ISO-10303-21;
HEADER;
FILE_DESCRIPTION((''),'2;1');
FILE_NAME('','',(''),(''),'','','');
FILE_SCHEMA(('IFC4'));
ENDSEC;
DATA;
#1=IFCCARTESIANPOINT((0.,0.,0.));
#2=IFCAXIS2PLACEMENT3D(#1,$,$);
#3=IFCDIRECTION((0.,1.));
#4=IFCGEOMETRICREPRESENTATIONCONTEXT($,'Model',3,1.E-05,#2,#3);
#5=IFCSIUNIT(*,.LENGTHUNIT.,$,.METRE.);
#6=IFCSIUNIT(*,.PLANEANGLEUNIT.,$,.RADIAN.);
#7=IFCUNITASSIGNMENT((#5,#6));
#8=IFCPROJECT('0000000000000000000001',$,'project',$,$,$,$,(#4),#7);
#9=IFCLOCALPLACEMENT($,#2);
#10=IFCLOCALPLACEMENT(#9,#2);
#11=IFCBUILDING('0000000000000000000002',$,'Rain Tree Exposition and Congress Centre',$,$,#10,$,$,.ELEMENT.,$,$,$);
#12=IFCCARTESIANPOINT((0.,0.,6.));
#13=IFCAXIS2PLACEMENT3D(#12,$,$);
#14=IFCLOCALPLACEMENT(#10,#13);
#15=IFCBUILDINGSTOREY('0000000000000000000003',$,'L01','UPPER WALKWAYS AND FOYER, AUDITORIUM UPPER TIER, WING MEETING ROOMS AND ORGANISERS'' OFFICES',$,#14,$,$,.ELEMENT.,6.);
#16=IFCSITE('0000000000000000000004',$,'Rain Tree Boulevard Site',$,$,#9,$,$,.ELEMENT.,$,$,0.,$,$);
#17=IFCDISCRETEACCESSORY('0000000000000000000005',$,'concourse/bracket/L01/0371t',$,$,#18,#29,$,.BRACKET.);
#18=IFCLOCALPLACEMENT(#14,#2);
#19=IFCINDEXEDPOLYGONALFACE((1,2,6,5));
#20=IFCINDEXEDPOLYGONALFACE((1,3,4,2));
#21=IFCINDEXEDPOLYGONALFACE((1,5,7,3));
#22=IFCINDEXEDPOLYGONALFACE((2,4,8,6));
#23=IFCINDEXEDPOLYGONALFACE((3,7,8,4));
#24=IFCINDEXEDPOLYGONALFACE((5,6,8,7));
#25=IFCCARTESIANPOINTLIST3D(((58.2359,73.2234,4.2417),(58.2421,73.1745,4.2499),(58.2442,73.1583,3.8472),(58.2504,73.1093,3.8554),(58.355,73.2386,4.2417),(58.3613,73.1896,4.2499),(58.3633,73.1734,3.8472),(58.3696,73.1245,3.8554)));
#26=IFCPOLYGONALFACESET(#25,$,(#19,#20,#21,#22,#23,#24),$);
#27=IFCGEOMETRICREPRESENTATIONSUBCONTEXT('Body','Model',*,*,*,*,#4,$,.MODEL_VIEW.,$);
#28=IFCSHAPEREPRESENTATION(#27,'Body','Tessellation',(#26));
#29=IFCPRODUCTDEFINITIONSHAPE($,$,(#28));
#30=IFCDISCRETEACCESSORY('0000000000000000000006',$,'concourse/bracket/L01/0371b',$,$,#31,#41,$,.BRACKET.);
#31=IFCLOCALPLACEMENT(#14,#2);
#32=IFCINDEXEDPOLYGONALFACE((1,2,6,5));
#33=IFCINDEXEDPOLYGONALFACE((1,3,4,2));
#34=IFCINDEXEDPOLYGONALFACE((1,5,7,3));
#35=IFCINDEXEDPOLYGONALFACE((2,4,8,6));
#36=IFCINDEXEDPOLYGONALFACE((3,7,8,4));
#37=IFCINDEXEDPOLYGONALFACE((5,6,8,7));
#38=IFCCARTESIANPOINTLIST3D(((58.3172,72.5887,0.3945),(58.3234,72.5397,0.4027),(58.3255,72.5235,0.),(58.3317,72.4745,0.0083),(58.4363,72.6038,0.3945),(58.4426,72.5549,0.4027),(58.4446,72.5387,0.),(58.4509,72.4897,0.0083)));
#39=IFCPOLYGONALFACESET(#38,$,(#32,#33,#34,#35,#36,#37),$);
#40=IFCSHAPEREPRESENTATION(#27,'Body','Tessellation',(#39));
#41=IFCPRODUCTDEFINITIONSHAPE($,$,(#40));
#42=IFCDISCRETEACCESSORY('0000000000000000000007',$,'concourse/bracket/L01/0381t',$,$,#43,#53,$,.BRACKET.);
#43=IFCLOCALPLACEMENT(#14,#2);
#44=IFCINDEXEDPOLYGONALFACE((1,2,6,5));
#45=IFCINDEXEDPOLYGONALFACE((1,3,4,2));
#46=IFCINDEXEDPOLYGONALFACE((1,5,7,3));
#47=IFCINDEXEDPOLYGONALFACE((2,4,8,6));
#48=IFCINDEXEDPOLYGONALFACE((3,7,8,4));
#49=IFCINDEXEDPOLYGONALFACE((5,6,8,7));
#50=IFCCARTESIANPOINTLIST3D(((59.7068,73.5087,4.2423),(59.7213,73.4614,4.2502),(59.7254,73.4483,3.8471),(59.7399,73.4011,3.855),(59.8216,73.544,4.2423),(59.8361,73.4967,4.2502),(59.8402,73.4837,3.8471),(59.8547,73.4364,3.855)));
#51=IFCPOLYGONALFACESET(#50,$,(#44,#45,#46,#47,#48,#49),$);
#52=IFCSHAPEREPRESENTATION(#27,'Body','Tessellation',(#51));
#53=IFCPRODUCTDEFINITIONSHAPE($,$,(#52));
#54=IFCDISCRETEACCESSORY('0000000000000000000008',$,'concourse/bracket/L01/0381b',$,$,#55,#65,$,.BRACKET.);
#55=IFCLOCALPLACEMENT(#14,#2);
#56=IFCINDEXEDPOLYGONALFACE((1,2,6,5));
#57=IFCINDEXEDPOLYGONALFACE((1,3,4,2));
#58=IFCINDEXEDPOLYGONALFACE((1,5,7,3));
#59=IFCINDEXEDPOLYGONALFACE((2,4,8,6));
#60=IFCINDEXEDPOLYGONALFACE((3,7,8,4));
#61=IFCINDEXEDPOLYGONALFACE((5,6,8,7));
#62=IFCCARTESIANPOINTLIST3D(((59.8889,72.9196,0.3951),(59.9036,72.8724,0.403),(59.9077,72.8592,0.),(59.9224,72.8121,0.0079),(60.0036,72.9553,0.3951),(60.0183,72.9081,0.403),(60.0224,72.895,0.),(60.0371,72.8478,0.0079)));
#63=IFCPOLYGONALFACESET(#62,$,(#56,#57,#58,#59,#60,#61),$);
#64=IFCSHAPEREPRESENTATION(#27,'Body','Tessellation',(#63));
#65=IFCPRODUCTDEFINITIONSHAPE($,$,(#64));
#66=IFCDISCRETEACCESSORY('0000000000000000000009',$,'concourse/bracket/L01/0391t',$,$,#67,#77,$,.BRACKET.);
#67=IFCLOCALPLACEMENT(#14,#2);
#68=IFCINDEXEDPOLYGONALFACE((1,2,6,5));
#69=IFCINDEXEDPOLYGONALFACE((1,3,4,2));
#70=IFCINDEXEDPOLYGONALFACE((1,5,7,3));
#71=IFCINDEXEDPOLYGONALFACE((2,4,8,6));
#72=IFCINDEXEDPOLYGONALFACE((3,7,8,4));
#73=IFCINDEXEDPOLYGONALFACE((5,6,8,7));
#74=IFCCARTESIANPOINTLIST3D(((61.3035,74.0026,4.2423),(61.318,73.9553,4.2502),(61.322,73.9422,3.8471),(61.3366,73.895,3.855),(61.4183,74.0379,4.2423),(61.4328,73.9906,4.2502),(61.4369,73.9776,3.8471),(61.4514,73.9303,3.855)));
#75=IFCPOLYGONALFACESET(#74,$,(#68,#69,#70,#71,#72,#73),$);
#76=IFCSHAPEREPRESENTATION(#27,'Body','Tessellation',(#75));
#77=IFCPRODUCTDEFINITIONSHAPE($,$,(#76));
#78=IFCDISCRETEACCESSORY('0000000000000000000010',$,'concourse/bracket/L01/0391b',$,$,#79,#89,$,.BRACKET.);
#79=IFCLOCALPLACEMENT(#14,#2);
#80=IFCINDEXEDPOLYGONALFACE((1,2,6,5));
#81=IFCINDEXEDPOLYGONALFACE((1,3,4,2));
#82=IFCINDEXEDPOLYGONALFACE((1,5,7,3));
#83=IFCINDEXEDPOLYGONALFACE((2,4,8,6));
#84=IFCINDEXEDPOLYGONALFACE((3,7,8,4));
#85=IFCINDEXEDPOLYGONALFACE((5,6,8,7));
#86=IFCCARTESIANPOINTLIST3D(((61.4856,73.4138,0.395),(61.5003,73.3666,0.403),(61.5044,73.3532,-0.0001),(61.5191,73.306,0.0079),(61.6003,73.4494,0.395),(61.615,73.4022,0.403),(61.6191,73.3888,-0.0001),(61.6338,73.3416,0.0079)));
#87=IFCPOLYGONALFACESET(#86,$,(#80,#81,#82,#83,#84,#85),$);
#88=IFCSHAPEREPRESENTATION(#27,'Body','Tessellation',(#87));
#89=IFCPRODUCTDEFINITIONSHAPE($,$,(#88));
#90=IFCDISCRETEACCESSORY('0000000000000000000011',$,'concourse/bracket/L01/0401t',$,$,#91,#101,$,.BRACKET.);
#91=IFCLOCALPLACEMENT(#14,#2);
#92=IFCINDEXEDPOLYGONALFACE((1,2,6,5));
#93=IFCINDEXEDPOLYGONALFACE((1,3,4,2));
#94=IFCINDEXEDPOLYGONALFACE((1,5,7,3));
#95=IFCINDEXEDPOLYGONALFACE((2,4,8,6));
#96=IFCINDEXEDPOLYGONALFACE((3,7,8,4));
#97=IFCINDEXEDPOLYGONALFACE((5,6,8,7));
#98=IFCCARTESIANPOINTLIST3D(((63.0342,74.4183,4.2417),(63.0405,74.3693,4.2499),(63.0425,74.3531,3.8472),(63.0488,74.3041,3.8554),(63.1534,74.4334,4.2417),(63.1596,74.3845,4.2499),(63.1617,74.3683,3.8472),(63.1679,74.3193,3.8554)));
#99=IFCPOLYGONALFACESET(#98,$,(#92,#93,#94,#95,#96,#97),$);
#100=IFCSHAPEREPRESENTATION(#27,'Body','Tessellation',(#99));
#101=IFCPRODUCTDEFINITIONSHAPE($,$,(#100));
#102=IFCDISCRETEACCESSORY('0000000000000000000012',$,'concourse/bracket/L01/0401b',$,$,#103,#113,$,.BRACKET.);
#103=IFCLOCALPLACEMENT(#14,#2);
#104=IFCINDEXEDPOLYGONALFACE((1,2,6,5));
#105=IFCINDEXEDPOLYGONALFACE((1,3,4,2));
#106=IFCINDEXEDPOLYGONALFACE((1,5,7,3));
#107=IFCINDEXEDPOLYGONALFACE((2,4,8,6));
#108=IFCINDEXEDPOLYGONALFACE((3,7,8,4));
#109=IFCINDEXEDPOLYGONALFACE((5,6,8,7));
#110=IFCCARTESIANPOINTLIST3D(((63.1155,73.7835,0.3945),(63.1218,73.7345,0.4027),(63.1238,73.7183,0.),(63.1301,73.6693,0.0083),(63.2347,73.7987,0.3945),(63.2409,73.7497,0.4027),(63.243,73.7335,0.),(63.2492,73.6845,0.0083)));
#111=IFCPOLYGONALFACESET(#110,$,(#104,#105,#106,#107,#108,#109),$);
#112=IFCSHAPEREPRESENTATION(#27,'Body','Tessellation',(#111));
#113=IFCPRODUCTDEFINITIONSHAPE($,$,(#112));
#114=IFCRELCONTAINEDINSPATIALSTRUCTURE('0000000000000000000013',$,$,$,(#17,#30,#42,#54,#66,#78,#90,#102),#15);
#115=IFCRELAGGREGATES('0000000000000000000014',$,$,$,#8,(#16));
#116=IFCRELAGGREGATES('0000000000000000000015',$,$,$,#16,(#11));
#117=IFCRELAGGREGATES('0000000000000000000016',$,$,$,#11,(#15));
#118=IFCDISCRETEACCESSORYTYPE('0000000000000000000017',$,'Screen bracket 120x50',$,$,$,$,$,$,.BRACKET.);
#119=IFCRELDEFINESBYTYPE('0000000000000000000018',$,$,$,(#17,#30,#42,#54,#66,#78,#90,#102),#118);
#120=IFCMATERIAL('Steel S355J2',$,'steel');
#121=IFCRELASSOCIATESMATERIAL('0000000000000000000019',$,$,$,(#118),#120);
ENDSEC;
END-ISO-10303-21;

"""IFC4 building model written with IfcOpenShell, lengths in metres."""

from ifc_helpers import new_model, si_unit, direction, frame, origin, origin_2d, place, context, subcontext, project, spatial, rectangle, extrude, material, material_profile, profile_set, type_object, element, save


model = new_model("IFC4")

# Units and contexts
model_context = context("Model", 3, precision=1e-05, world=origin(), true_north=direction((0.0, 1.0)))
body_context = subcontext(model_context, "Body", "Model", "MODEL_VIEW")
ifc_project = project(units=[si_unit("LENGTHUNIT", "METRE"), si_unit("PLANEANGLEUNIT", "RADIAN")], contexts=[model_context])

# Site, building, storey
site_placement = place(None, origin())
site = spatial("IfcSite", under=ifc_project, at=site_placement, Name="Rain Tree Boulevard Site", CompositionType="ELEMENT", RefElevation=0.0)
building_placement = place(site_placement, origin())
building = spatial("IfcBuilding", under=site, at=building_placement, Name="Rain Tree Exposition and Congress Centre", CompositionType="ELEMENT")
storey_placement = place(building_placement, frame((0.0, 0.0, 6.0)))
storey = spatial("IfcBuildingStorey", under=building, at=storey_placement, Name="L01", Description="UPPER WALKWAYS AND FOYER, AUDITORIUM UPPER TIER, WING MEETING ROOMS AND ORGANISERS' OFFICES", CompositionType="ELEMENT", Elevation=6.0)

# Discrete accessories
ifc_material_1 = material(Name="Steel S355J2", Category="steel")
ifc_material_profile = material_profile(ifc_material_1, rectangle(XDim=0.1201, YDim=0.05, at=origin_2d()), Name="Flat bar 120x50")
ifc_profile_set = profile_set([ifc_material_profile], Name="Steel S355J2")
discrete_accessory_type = type_object("IfcDiscreteAccessoryType", Name="Screen bracket 120x50", PredefinedType="BRACKET", material=ifc_profile_set)
for number, where, z_axis, x_axis, name in (
    (1, (58.3069, 73.1414, 3.8513), (-0.020754, 0.162978, 0.986411), (-0.991989, -0.126321, 0.0), "concourse/bracket/L01/0371t"),
    (2, (58.3882, 72.5066, 0.0042), (-0.020754, 0.162978, 0.986411), (-0.991989, -0.126321, 0.0), "concourse/bracket/L01/0371b"),
):
    element("IfcDiscreteAccessory", number, at=place(storey_placement, frame(where, z_axis=z_axis, x_axis=x_axis)), inside=storey, type_object=discrete_accessory_type, Name=name, PredefinedType="BRACKET", context=body_context, shape_type="SweptSolid", body=[
        extrude(rectangle(XDim=0.1201, YDim=0.05, at=origin_2d()), origin(), (0.0, 0.0, 1.0), 0.3999),
    ])
for number, where, z_axis, x_axis, name in (
    (3, (59.79, 73.4424, 3.8511), (-0.046384, 0.150747, 0.987484), (-0.955779, -0.294086, 0.0), "concourse/bracket/L01/0381t"),
    (4, (59.9724, 72.8535, 0.0039), (-0.046993, 0.150743, 0.987456), (-0.954686, -0.297615, 0.0), "concourse/bracket/L01/0381b"),
    (5, (61.3867, 73.9363, 3.8511), (-0.046384, 0.150747, 0.987484), (-0.955779, -0.294086, 0.0), "concourse/bracket/L01/0391t"),
    (6, (61.5691, 73.3474, 0.0039), (-0.046988, 0.151339, 0.987364), (-0.955027, -0.29652, 0.0), "concourse/bracket/L01/0391b"),
):
    element("IfcDiscreteAccessory", number, at=place(storey_placement, frame(where, z_axis=z_axis, x_axis=x_axis)), inside=storey, type_object=discrete_accessory_type, Name=name, PredefinedType="BRACKET", context=body_context, shape_type="SweptSolid", body=[
        extrude(rectangle(XDim=0.1201, YDim=0.05, at=origin_2d()), origin(), (0.0, 0.0, 1.0), 0.4001),
    ])
for number, where, z_axis, x_axis, name in (
    (7, (63.1052, 74.3362, 3.8513), (-0.020754, 0.162978, 0.986411), (-0.991989, -0.126321, 0.0), "concourse/bracket/L01/0401t"),
    (8, (63.1865, 73.7014, 0.0042), (-0.020754, 0.162978, 0.986411), (-0.991989, -0.126321, 0.0), "concourse/bracket/L01/0401b"),
):
    element("IfcDiscreteAccessory", number, at=place(storey_placement, frame(where, z_axis=z_axis, x_axis=x_axis)), inside=storey, type_object=discrete_accessory_type, Name=name, PredefinedType="BRACKET", context=body_context, shape_type="SweptSolid", body=[
        extrude(rectangle(XDim=0.1201, YDim=0.05, at=origin_2d()), origin(), (0.0, 0.0, 1.0), 0.3999),
    ])

save(model, "model.ifc")
